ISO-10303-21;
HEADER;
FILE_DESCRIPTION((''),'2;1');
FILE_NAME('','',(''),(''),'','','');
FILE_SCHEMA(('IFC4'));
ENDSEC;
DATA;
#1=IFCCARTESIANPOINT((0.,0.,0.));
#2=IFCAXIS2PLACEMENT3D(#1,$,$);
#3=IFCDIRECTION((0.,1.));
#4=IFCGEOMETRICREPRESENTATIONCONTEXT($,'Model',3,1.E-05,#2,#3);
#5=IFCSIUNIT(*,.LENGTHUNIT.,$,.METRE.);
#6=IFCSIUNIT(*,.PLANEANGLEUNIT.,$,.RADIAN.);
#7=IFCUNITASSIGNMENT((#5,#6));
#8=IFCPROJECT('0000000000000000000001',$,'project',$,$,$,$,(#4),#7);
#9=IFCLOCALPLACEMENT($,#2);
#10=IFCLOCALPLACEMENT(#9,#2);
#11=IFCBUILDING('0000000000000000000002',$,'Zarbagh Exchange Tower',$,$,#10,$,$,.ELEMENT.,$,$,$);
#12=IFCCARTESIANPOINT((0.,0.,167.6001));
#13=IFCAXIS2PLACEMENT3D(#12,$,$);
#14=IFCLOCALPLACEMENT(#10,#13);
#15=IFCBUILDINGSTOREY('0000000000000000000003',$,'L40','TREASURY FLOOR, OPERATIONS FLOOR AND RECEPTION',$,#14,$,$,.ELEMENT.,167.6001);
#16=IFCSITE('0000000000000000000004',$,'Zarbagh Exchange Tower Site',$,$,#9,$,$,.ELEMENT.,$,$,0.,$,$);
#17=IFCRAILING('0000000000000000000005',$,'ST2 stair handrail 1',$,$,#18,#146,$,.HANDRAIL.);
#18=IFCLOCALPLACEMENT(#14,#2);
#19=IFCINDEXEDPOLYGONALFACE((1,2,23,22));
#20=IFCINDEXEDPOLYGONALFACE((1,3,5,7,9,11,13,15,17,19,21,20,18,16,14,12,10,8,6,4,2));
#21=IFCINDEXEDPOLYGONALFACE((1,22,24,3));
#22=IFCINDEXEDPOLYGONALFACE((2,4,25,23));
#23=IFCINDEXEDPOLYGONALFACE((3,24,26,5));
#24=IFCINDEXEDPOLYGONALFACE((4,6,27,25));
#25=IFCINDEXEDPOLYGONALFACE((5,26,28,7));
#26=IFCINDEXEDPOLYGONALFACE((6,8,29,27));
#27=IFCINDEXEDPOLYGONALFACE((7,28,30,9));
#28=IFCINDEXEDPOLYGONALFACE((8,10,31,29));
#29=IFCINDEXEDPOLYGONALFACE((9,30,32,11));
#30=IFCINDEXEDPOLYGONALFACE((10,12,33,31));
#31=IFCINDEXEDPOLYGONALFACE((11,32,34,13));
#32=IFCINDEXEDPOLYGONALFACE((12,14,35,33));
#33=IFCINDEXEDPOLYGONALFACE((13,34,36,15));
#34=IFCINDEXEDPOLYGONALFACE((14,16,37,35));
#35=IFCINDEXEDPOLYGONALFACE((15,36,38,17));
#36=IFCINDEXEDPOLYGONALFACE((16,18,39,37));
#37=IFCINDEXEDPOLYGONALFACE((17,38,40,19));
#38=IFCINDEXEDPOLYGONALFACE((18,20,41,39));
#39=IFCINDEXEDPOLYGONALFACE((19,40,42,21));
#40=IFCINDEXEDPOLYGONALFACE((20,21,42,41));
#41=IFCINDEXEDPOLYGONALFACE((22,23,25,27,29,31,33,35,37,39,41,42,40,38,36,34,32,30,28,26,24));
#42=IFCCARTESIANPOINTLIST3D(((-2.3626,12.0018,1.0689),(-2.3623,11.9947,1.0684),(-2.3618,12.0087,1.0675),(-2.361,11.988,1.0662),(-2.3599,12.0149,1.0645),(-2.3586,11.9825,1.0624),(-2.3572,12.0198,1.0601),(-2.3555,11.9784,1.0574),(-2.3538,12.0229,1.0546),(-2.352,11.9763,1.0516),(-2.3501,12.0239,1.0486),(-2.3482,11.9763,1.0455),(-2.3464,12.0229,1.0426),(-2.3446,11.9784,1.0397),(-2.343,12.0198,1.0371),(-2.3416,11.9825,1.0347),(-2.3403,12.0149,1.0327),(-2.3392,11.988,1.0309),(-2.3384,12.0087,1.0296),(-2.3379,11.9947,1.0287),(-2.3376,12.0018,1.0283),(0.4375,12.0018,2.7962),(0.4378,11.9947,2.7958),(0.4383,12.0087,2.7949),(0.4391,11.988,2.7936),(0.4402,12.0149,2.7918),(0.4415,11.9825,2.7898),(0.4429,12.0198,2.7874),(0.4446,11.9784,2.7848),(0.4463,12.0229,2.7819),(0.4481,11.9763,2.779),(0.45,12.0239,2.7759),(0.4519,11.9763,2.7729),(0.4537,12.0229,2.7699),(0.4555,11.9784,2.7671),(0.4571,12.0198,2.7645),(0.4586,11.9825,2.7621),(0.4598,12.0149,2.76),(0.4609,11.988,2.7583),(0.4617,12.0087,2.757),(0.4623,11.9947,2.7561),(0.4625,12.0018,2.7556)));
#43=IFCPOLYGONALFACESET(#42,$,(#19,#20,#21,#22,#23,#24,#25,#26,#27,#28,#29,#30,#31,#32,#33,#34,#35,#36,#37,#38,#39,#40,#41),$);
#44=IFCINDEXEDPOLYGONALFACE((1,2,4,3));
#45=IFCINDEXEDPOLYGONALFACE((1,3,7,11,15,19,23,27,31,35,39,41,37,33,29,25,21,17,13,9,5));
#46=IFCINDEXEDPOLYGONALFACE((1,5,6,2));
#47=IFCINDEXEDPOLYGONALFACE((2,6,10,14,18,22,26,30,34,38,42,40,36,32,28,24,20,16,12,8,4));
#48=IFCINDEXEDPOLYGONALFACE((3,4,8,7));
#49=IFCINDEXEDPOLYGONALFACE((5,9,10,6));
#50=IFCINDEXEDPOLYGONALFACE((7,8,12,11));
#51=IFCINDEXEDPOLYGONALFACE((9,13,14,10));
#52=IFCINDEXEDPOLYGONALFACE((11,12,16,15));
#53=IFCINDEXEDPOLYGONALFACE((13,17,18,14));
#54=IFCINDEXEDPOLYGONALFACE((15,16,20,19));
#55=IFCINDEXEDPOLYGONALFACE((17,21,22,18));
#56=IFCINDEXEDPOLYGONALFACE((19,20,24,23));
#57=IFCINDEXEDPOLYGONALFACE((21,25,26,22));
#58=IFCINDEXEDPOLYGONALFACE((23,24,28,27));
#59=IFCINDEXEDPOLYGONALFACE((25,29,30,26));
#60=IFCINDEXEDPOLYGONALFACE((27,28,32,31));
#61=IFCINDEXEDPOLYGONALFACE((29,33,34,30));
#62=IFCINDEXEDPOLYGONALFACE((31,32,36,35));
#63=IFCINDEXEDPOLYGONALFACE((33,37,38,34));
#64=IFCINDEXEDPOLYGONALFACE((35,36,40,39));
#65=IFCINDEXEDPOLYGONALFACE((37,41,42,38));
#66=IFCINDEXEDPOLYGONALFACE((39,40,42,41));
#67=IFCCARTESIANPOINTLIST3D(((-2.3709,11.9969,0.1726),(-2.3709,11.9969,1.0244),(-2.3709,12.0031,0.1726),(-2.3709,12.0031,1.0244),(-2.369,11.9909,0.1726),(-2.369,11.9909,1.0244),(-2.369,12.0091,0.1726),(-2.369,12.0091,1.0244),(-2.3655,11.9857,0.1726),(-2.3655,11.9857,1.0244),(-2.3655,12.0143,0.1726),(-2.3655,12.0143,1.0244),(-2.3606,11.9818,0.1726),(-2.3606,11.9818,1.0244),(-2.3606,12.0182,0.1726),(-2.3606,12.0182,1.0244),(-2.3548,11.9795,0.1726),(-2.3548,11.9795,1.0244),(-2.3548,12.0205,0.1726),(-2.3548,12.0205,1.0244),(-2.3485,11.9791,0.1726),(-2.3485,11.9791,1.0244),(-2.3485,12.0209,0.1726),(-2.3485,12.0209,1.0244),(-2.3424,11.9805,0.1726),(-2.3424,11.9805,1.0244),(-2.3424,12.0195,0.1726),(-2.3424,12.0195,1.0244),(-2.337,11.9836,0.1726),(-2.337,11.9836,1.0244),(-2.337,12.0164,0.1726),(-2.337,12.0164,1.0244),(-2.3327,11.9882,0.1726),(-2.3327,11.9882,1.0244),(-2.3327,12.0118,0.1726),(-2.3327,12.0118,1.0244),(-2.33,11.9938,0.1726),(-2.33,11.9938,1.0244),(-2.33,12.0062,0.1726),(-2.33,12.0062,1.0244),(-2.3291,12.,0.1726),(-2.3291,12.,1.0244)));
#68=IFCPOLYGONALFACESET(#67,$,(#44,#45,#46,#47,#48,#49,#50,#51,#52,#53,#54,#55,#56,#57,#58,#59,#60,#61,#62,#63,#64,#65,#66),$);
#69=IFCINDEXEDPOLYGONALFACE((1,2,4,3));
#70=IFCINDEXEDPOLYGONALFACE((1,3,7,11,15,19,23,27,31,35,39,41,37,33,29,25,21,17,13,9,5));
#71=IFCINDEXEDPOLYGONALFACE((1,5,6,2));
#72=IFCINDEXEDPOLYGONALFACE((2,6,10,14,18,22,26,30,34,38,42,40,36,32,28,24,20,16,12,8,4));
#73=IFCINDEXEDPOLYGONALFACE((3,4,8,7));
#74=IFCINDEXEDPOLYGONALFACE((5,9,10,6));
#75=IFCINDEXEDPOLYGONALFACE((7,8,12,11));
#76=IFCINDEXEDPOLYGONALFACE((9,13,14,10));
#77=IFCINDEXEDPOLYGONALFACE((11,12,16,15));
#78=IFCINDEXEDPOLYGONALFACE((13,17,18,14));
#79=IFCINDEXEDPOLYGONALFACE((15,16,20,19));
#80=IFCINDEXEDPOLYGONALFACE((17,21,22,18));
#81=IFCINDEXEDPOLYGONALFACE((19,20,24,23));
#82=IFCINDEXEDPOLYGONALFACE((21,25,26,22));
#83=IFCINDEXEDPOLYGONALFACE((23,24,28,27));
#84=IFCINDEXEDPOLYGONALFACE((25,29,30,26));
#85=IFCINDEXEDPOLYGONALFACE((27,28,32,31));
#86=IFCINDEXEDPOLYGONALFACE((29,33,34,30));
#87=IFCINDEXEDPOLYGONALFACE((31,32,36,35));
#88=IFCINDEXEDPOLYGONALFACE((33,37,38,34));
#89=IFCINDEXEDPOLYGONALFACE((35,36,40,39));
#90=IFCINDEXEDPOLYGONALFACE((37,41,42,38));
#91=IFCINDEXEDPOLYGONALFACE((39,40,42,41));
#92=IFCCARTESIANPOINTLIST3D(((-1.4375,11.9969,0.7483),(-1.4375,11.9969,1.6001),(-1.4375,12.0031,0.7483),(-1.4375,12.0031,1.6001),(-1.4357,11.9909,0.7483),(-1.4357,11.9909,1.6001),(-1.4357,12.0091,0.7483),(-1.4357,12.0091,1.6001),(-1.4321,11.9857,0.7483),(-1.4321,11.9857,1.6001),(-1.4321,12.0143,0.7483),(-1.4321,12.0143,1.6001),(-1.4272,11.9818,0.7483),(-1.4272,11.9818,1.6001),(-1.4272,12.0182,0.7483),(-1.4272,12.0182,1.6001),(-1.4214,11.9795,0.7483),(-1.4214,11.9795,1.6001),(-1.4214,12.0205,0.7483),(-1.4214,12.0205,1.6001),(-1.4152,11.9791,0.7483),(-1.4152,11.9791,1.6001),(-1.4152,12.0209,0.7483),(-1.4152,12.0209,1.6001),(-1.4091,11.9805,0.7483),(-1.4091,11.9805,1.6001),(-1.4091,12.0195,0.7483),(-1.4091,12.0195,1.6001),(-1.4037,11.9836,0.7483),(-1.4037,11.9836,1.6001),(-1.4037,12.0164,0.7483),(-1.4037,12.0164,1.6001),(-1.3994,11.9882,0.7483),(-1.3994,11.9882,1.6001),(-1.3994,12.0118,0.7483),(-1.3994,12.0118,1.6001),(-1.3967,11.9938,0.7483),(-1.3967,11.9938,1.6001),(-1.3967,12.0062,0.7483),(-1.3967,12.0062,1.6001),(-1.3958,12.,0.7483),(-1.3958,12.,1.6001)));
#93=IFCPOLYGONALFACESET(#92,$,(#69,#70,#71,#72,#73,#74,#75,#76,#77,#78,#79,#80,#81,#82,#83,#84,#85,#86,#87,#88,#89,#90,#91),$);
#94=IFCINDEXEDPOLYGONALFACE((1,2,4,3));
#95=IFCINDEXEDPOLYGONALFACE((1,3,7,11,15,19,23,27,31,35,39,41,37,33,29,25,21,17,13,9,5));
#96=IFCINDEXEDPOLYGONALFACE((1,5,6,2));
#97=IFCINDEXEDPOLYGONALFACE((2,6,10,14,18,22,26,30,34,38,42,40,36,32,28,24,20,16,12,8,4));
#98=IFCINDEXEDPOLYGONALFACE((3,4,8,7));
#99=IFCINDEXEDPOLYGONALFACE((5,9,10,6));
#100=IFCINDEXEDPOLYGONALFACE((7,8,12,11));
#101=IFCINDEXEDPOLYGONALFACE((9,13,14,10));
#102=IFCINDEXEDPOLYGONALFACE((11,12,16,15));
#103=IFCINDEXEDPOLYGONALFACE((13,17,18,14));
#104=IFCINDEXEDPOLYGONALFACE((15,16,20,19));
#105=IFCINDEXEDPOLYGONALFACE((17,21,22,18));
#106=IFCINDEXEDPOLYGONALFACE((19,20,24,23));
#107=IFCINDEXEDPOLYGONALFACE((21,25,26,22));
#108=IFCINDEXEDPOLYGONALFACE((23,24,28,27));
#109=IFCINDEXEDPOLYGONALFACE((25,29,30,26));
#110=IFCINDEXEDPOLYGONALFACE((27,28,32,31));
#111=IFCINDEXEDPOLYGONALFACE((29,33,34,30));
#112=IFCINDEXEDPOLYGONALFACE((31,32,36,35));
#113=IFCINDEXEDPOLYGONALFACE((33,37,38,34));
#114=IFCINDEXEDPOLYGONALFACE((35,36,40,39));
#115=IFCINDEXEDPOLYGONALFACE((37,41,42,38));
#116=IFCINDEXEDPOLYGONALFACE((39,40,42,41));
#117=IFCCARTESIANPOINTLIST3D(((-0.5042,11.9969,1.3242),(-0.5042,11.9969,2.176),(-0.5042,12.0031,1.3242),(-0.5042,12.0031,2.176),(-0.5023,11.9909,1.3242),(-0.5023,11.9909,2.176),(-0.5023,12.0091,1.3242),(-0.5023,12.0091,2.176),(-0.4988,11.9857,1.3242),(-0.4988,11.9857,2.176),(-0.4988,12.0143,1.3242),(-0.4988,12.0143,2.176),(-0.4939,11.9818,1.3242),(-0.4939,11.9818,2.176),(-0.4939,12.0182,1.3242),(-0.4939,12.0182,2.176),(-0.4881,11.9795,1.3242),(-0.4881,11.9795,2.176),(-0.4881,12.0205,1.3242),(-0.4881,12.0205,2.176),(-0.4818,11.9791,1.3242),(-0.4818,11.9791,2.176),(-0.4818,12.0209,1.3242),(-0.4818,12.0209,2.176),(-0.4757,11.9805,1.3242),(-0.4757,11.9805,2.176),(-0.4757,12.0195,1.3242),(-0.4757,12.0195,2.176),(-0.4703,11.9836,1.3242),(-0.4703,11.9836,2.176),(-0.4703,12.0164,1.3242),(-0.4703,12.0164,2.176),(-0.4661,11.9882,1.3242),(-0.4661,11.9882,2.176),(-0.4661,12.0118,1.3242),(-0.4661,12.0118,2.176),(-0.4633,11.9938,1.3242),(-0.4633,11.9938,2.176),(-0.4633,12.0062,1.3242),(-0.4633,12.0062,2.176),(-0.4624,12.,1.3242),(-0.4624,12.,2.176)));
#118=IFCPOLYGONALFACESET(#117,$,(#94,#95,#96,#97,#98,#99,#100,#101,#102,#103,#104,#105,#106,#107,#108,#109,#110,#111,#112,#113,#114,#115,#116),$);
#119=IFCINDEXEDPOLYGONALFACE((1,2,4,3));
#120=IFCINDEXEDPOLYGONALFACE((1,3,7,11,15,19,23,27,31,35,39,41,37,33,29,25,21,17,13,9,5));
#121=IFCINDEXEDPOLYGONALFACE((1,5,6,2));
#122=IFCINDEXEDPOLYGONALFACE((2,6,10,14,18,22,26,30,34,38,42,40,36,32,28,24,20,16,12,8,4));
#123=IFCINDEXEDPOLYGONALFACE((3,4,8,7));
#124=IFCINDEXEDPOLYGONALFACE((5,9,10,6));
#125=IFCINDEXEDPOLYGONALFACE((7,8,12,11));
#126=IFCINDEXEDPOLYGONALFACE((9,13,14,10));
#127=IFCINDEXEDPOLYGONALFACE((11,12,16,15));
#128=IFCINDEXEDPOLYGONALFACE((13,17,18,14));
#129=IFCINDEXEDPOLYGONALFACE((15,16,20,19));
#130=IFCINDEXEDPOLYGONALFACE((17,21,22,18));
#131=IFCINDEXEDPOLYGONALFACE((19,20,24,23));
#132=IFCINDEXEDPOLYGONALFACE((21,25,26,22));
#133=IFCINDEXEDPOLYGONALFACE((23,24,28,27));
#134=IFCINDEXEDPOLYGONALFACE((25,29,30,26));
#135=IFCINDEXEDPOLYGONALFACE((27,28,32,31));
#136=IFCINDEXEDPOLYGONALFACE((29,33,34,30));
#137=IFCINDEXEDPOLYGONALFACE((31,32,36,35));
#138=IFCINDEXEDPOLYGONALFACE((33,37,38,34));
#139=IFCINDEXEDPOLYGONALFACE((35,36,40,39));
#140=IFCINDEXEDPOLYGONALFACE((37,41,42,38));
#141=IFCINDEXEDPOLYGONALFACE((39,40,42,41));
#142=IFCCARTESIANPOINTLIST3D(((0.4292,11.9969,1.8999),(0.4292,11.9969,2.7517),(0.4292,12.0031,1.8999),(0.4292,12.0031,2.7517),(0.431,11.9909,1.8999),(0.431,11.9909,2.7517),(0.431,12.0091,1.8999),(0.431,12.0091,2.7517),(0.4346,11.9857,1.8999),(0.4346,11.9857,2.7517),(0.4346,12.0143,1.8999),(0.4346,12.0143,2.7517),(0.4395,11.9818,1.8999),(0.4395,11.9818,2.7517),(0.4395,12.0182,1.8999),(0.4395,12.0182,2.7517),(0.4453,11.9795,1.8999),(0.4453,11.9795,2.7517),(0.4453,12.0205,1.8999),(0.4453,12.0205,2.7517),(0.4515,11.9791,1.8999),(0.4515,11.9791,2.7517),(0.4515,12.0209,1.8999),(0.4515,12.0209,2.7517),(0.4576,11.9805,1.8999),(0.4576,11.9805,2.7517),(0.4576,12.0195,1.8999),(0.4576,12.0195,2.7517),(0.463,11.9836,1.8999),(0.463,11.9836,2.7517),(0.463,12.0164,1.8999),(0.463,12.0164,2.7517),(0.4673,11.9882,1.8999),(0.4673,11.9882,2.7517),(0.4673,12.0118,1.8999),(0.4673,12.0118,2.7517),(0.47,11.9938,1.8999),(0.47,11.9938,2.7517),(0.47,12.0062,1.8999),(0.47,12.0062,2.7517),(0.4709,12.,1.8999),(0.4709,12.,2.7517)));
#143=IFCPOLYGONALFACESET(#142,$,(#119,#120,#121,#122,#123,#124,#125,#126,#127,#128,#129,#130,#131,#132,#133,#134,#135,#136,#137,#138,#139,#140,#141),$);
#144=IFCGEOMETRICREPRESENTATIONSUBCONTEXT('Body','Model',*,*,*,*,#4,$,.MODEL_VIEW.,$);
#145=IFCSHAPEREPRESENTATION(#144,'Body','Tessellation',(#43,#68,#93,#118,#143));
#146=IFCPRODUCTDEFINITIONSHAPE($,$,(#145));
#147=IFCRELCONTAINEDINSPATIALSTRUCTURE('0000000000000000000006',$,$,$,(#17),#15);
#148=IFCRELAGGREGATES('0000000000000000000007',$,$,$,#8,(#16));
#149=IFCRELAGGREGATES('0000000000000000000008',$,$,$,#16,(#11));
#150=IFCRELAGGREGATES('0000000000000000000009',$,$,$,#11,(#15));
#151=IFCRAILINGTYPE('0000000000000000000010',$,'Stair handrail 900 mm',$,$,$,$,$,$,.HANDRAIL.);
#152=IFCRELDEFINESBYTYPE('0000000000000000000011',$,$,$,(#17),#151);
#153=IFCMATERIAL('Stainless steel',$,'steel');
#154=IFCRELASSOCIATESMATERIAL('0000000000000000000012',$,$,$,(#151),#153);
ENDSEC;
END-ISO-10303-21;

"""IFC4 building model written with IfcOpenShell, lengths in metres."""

from ifc_helpers import new_model, si_unit, direction, frame, origin, origin_2d, place, context, subcontext, project, spatial, circle, extrude, material, type_object, element, save


model = new_model("IFC4")

# Units and contexts
model_context = context("Model", 3, precision=1e-05, world=origin(), true_north=direction((0.0, 1.0)))
body_context = subcontext(model_context, "Body", "Model", "MODEL_VIEW")
ifc_project = project(units=[si_unit("LENGTHUNIT", "METRE"), si_unit("PLANEANGLEUNIT", "RADIAN")], contexts=[model_context])

# Site, building, storey
site_placement = place(None, origin())
site = spatial("IfcSite", under=ifc_project, at=site_placement, Name="Zarbagh Exchange Tower Site", CompositionType="ELEMENT", RefElevation=0.0)
building_placement = place(site_placement, origin())
building = spatial("IfcBuilding", under=site, at=building_placement, Name="Zarbagh Exchange Tower", CompositionType="ELEMENT")
storey_placement = place(building_placement, frame((0.0, 0.0, 167.6001)))
storey = spatial("IfcBuildingStorey", under=building, at=storey_placement, Name="L40", Description="TREASURY FLOOR, OPERATIONS FLOOR AND RECEPTION", CompositionType="ELEMENT", Elevation=167.6001)

# Railing
ifc_material_1 = material(Name="Stainless steel", Category="steel")
railing_type = type_object("IfcRailingType", Name="Stair handrail 900 mm", PredefinedType="HANDRAIL", material=ifc_material_1)
railing_placement = place(storey_placement, frame((-2.3501, 12.0, 0.1726)))
element("IfcRailing", 1, at=railing_placement, inside=storey, type_object=railing_type, Name="ST2 stair handrail 1", PredefinedType="HANDRAIL", context=body_context, shape_type="SweptSolid", body=[
    extrude(circle(Radius=0.0239, at=origin_2d()), frame((0.0, 0.0, 0.876), z_axis=(0.85109, 0.0, 0.52502), x_axis=(0.0, 1.0, 0.0)), (0.0, 0.0, 1.0), 3.29),
    extrude(circle(Radius=0.021, at=origin_2d()), origin(), (0.0, 0.0, 1.0), 0.8518),
    extrude(circle(Radius=0.021, at=origin_2d()), frame((0.9333, 0.0, 0.5757)), (0.0, 0.0, 1.0), 0.8518),
    extrude(circle(Radius=0.021, at=origin_2d()), frame((1.8667, 0.0, 1.1516)), (0.0, 0.0, 1.0), 0.8518),
    extrude(circle(Radius=0.021, at=origin_2d()), frame((2.8, 0.0, 1.7273)), (0.0, 0.0, 1.0), 0.8518),
])

save(model, "model.ifc")
